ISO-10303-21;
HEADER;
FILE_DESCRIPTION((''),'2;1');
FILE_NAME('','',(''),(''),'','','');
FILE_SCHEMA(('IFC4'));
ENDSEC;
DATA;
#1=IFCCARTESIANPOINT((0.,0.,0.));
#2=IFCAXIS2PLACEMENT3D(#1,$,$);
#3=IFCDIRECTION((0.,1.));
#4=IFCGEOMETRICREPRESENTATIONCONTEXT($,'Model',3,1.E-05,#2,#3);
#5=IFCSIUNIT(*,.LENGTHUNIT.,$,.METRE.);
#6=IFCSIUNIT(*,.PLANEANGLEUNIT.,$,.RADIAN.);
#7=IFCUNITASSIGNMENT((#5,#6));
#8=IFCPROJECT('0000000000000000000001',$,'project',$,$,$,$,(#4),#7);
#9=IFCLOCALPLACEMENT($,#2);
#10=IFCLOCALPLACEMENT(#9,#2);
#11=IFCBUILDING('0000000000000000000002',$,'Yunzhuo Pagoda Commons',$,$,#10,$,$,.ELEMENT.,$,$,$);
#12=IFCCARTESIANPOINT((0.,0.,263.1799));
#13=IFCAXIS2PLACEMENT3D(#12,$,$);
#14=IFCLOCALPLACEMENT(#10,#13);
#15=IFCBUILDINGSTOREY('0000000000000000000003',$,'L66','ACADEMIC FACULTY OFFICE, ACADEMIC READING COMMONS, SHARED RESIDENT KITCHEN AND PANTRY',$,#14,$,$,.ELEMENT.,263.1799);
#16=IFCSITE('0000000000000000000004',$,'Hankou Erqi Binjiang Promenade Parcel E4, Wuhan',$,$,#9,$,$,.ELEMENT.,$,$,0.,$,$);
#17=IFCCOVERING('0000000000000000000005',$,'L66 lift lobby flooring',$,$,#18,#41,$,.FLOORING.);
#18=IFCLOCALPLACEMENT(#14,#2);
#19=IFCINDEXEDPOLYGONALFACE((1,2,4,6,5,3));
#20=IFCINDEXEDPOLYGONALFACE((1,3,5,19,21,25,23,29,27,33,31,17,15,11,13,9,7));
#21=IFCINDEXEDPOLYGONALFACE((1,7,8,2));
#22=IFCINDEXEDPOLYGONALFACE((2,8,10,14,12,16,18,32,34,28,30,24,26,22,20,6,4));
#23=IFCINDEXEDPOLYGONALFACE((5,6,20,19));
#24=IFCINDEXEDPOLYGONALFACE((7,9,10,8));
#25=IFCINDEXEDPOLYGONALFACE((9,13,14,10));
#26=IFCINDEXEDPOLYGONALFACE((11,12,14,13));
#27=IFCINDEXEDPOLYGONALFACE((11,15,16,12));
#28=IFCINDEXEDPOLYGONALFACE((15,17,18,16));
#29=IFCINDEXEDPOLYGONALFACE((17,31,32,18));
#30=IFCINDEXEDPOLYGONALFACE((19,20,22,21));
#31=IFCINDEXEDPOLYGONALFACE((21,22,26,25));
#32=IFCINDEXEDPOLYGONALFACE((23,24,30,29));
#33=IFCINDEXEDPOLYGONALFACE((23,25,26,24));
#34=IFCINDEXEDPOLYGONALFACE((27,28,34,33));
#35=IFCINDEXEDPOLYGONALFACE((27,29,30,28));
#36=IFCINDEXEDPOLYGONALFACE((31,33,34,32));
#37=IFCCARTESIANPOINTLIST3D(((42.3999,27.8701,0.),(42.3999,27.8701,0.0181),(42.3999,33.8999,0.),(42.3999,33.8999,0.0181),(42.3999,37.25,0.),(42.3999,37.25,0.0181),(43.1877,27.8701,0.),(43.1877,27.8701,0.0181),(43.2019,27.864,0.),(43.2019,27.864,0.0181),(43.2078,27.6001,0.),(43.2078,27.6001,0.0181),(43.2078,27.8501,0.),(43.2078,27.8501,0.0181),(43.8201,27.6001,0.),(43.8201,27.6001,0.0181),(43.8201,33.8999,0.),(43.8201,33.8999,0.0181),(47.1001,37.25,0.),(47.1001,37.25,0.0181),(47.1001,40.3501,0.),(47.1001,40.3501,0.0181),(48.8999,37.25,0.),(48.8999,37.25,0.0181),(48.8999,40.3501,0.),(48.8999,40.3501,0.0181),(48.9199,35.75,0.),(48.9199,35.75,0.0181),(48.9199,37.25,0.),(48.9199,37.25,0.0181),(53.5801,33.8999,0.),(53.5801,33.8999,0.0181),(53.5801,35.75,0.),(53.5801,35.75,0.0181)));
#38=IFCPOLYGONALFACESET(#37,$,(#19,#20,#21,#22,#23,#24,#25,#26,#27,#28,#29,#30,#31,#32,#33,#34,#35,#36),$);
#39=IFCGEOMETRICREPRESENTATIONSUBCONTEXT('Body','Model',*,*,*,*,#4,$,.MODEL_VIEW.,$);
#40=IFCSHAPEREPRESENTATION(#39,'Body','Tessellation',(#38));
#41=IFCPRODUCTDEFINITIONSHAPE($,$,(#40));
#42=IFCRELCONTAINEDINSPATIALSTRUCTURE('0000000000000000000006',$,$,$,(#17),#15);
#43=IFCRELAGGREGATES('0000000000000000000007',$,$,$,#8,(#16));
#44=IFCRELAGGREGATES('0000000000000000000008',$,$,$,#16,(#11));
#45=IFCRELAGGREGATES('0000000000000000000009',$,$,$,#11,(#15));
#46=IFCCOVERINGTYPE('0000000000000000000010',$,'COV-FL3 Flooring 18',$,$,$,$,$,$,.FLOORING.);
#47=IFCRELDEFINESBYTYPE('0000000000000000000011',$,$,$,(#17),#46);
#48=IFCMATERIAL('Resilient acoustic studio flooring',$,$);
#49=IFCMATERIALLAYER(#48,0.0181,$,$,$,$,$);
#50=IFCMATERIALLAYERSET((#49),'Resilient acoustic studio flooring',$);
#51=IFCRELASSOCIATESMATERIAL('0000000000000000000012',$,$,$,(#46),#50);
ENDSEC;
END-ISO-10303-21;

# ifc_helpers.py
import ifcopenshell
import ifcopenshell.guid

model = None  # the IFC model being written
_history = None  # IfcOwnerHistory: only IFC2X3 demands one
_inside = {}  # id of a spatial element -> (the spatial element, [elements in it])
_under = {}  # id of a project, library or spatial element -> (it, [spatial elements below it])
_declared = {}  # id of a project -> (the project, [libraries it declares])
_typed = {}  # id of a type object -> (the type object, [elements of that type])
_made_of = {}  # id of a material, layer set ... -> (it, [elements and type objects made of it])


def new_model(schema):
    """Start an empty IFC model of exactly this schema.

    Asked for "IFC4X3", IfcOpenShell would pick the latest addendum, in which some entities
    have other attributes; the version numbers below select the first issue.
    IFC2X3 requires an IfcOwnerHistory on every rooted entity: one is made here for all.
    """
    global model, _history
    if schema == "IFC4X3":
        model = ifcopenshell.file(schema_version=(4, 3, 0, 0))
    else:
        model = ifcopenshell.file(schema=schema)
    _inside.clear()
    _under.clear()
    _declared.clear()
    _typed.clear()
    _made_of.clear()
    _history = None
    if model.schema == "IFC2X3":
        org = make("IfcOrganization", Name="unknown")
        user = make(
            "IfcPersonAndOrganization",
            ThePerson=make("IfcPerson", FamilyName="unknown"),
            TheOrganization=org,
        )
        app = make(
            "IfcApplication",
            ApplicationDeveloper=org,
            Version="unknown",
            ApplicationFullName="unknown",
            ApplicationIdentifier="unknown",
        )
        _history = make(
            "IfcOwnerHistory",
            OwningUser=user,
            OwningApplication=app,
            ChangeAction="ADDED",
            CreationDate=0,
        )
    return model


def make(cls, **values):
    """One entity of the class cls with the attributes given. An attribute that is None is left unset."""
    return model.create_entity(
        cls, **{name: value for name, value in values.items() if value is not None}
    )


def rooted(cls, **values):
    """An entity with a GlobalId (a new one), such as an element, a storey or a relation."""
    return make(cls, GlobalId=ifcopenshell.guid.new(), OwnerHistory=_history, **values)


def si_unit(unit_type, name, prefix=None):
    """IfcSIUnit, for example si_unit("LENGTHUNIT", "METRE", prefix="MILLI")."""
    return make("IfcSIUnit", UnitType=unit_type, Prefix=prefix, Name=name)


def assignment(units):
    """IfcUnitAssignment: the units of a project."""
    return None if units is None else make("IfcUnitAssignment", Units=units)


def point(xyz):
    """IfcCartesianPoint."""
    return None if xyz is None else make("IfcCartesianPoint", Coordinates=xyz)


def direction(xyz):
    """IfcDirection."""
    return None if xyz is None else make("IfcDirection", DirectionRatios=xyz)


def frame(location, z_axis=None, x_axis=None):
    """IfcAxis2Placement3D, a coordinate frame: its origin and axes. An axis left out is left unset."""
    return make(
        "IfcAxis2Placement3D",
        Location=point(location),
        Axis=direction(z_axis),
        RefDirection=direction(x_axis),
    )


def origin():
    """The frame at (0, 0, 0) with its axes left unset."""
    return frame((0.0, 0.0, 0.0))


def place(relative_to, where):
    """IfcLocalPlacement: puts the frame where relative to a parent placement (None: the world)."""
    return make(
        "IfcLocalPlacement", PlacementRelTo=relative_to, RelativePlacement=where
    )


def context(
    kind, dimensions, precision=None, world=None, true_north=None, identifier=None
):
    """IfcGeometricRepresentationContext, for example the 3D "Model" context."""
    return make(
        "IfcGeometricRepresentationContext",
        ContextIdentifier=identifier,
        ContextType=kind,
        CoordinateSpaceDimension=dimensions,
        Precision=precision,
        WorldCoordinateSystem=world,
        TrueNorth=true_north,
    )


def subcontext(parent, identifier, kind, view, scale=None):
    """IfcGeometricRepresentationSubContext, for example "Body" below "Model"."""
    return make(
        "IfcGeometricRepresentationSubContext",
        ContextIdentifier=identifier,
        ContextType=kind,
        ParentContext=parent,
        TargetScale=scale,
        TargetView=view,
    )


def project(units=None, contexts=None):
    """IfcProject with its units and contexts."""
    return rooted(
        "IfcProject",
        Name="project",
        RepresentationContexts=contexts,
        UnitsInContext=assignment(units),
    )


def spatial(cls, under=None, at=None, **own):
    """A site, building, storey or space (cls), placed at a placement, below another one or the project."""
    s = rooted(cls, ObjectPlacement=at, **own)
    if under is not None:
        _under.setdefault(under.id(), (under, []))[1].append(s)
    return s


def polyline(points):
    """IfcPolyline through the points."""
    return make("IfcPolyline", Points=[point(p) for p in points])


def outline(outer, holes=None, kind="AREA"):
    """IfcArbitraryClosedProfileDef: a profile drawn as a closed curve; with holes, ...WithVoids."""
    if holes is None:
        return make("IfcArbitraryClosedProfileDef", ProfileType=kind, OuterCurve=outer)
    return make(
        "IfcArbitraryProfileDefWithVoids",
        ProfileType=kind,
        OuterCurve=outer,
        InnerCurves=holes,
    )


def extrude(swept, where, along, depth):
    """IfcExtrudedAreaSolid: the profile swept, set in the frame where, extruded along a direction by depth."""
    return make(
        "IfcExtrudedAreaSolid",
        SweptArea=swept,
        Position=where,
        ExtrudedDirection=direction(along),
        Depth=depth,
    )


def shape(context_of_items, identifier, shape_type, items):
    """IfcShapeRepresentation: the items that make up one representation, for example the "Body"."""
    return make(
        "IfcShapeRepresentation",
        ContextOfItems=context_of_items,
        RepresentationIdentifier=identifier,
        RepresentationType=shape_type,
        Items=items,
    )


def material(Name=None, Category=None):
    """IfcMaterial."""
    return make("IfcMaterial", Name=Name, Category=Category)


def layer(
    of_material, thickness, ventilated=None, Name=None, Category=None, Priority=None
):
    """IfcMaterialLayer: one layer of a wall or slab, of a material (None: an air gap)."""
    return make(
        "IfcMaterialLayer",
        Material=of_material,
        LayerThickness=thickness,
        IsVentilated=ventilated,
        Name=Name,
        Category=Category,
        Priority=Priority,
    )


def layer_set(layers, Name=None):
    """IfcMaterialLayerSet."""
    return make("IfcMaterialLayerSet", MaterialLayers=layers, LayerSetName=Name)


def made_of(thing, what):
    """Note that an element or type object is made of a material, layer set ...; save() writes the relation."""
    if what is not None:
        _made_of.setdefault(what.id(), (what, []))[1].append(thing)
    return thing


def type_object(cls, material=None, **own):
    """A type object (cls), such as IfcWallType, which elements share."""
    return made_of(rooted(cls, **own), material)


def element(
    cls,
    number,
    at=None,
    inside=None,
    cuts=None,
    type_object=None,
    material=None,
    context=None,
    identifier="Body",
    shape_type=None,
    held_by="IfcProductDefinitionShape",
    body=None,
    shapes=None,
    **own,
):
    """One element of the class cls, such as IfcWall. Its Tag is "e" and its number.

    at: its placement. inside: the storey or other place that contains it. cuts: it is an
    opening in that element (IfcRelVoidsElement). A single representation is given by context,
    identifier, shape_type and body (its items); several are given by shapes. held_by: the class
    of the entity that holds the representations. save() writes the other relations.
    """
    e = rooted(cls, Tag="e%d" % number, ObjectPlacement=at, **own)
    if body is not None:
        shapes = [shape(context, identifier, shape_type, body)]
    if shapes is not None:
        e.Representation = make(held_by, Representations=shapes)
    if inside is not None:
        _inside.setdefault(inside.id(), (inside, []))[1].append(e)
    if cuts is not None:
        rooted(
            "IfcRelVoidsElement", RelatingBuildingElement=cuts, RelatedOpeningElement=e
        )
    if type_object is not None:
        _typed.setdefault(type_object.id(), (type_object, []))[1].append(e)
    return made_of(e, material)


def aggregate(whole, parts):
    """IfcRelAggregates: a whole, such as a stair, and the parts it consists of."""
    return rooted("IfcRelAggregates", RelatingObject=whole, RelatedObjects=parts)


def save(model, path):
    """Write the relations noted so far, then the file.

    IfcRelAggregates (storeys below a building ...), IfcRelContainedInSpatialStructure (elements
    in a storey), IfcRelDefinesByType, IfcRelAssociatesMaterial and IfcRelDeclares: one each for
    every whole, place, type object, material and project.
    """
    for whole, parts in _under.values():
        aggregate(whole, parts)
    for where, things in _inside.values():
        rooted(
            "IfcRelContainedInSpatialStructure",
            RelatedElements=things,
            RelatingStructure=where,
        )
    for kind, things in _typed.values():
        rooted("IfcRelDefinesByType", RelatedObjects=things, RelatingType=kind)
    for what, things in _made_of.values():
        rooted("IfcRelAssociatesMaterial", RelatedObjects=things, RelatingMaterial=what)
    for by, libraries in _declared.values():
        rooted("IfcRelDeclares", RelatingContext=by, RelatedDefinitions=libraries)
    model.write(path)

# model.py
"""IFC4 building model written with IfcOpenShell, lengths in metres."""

from ifc_helpers import new_model, si_unit, direction, frame, origin, place, context, subcontext, project, spatial, polyline, outline, extrude, material, layer, layer_set, type_object, element, save


model = new_model("IFC4")

# Units and contexts
model_context = context("Model", 3, precision=1e-05, world=origin(), true_north=direction((0.0, 1.0)))
body_context = subcontext(model_context, "Body", "Model", "MODEL_VIEW")
ifc_project = project(units=[si_unit("LENGTHUNIT", "METRE"), si_unit("PLANEANGLEUNIT", "RADIAN")], contexts=[model_context])

# Site, building, storey
site_placement = place(None, origin())
site = spatial("IfcSite", under=ifc_project, at=site_placement, Name="Hankou Erqi Binjiang Promenade Parcel E4, Wuhan", CompositionType="ELEMENT", RefElevation=0.0)
building_placement = place(site_placement, origin())
building = spatial("IfcBuilding", under=site, at=building_placement, Name="Yunzhuo Pagoda Commons", CompositionType="ELEMENT")
storey_placement = place(building_placement, frame((0.0, 0.0, 263.1799)))
storey = spatial("IfcBuildingStorey", under=building, at=storey_placement, Name="L66", Description="ACADEMIC FACULTY OFFICE, ACADEMIC READING COMMONS, SHARED RESIDENT KITCHEN AND PANTRY", CompositionType="ELEMENT", Elevation=263.1799)

# Covering
ifc_material_1 = material(Name="Resilient acoustic studio flooring")
ifc_layer_1 = layer(ifc_material_1, 0.0181)
ifc_layer_set_1 = layer_set([ifc_layer_1], Name="Resilient acoustic studio flooring")
covering_type_1 = type_object("IfcCoveringType", Name="COV-FL3 Flooring 18", PredefinedType="FLOORING", material=ifc_layer_set_1)
covering_1_placement = place(storey_placement, origin())
element("IfcCovering", 1, at=covering_1_placement, inside=storey, type_object=covering_type_1, Name="L66 lift lobby flooring", PredefinedType="FLOORING", context=body_context, shape_type="SweptSolid", body=[
    extrude(outline(polyline([(42.3999, 37.25), (47.1001, 37.25), (47.1001, 40.3501), (48.8999, 40.3501), (48.8999, 37.25), (48.9199, 37.25), (48.9199, 35.75), (53.5801, 35.75), (53.5801, 33.8999), (43.8201, 33.8999), (43.8201, 27.6001), (43.2078, 27.6001), (43.2078, 27.8501), (43.2019, 27.864), (43.1877, 27.8701), (42.3999, 27.8701), (42.3999, 33.8999), (42.3999, 37.25)])), origin(), (0.0, 0.0, 1.0), 0.0181),
])

save(model, "model.ifc")
